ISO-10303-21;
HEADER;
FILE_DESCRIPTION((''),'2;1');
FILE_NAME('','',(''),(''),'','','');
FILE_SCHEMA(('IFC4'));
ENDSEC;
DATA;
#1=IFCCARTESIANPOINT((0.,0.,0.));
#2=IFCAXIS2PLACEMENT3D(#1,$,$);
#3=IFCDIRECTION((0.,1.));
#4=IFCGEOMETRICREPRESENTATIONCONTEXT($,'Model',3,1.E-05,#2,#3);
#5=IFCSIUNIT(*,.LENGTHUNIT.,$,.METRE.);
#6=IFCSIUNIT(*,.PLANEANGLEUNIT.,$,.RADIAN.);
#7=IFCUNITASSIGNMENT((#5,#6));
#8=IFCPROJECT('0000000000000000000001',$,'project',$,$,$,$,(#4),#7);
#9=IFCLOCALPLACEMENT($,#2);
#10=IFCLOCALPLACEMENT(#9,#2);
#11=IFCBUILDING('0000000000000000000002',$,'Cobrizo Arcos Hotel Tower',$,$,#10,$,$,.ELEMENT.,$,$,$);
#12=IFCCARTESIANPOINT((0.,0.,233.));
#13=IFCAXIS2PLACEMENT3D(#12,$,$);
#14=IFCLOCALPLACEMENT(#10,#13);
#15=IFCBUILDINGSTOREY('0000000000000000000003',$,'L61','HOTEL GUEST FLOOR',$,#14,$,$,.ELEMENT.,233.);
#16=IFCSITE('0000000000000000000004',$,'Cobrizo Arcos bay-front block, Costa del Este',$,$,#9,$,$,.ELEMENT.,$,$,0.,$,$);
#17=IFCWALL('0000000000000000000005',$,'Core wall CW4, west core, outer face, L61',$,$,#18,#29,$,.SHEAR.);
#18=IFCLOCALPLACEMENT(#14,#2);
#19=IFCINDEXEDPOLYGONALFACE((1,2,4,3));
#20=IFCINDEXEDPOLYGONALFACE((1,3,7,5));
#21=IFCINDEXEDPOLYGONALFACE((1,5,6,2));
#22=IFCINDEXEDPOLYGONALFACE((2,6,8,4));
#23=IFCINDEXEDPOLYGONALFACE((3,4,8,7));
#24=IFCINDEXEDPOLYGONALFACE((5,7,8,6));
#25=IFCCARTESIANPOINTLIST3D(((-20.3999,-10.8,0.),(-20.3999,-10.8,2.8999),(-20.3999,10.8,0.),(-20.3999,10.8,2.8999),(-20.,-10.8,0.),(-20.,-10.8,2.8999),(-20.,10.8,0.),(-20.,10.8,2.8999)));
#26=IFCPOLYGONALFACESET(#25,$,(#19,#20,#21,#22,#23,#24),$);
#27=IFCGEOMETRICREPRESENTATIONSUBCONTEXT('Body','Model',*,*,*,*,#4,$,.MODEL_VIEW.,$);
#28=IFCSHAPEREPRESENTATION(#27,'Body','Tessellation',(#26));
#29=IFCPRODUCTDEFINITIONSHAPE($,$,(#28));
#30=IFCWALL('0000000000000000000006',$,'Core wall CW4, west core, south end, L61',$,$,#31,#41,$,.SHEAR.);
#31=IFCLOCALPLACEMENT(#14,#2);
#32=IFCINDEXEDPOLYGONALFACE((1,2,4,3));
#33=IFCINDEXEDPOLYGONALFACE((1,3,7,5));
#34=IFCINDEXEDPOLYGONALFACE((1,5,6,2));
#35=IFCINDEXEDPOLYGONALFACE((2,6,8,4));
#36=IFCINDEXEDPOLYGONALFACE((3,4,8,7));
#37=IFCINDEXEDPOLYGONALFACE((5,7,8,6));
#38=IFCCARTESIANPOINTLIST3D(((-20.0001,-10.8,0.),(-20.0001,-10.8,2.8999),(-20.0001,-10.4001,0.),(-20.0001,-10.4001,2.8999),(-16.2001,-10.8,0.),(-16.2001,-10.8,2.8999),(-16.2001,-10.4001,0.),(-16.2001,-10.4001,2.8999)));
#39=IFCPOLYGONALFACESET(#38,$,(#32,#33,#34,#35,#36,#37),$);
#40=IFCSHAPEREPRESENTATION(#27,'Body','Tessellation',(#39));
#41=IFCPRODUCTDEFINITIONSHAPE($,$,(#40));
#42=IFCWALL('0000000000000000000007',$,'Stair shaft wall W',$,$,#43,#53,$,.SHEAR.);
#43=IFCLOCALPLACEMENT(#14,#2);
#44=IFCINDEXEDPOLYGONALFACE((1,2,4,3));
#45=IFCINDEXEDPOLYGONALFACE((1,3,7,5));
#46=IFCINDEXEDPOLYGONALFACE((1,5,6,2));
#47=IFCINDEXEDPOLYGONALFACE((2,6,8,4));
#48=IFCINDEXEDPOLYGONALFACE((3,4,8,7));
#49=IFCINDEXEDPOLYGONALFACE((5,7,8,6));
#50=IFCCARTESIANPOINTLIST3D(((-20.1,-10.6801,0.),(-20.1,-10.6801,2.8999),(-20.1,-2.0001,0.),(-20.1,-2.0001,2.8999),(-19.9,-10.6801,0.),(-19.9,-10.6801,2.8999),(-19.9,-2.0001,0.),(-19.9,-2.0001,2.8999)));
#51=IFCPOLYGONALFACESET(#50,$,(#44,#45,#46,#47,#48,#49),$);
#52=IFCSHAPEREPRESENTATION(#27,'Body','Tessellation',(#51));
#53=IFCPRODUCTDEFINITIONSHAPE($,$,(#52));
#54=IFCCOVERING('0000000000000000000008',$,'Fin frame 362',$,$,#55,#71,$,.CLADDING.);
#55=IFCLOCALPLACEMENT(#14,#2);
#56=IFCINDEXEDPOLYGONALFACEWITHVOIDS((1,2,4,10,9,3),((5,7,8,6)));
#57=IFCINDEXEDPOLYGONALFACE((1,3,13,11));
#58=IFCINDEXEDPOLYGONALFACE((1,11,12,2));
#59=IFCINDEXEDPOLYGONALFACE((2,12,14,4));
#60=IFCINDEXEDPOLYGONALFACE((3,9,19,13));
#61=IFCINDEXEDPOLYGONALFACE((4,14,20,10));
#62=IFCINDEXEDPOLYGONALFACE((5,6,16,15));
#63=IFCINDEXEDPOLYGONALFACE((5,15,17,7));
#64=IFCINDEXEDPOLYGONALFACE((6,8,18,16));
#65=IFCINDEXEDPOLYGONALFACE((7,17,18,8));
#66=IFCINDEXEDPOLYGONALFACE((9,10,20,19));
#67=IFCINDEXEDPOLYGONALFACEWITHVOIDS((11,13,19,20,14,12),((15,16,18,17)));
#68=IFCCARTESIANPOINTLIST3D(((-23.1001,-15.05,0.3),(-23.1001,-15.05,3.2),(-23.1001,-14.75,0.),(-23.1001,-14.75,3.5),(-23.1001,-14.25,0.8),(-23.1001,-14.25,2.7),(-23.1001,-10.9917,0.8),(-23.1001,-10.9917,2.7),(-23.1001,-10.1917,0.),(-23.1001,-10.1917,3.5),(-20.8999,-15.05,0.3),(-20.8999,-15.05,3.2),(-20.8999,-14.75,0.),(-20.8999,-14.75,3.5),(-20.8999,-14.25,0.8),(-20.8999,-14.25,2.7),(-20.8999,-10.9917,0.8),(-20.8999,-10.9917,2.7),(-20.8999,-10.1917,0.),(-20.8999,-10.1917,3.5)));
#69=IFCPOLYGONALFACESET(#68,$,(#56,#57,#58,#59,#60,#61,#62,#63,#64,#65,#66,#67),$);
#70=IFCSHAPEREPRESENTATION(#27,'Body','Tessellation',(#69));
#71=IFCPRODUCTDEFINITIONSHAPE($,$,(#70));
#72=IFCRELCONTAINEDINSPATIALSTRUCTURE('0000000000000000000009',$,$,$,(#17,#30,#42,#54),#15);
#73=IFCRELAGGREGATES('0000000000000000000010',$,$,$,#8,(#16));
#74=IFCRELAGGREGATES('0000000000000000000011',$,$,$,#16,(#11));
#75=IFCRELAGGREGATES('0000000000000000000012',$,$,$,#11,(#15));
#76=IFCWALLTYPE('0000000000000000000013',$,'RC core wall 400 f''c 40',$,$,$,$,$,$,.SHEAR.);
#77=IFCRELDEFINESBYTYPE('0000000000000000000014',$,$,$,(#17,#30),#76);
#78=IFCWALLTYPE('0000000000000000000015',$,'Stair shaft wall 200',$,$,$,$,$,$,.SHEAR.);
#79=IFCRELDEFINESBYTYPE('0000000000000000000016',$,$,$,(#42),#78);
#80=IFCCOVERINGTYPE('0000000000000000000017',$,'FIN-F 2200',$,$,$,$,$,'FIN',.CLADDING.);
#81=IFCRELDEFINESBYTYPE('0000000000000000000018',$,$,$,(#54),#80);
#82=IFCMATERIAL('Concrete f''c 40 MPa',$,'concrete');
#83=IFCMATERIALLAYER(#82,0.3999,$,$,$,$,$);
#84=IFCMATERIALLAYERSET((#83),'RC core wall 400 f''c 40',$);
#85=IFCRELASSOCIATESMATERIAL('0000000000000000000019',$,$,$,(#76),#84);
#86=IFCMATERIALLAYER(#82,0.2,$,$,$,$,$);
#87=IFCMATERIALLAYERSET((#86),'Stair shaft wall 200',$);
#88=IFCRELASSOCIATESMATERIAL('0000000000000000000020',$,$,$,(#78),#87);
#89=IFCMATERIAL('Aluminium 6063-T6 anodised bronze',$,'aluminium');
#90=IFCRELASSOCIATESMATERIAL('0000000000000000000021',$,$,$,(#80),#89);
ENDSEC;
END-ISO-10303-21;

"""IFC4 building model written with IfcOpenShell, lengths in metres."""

from ifc_helpers import new_model, si_unit, direction, frame, frame_2d, origin, place, context, subcontext, project, spatial, polyline, rectangle, outline, extrude, material, layer, layer_set, type_object, element, save


model = new_model("IFC4")

# Units and contexts
model_context = context("Model", 3, precision=1e-05, world=origin(), true_north=direction((0.0, 1.0)))
body_context = subcontext(model_context, "Body", "Model", "MODEL_VIEW")
ifc_project = project(units=[si_unit("LENGTHUNIT", "METRE"), si_unit("PLANEANGLEUNIT", "RADIAN")], contexts=[model_context])

# Site, building, storey
site_placement = place(None, origin())
site = spatial("IfcSite", under=ifc_project, at=site_placement, Name="Cobrizo Arcos bay-front block, Costa del Este", CompositionType="ELEMENT", RefElevation=0.0)
building_placement = place(site_placement, origin())
building = spatial("IfcBuilding", under=site, at=building_placement, Name="Cobrizo Arcos Hotel Tower", CompositionType="ELEMENT")
storey_placement = place(building_placement, frame((0.0, 0.0, 233.0)))
storey = spatial("IfcBuildingStorey", under=building, at=storey_placement, Name="L61", Description="HOTEL GUEST FLOOR", CompositionType="ELEMENT", Elevation=233.0)

# Shared definitions
ifc_material_1 = material(Name="Aluminium 6063-T6 anodised bronze", Category="aluminium")

# Shared definitions
ifc_material_2 = material(Name="Concrete f'c 40 MPa", Category="concrete")
ifc_layer_1 = layer(ifc_material_2, 0.3999)
ifc_layer_set_1 = layer_set([ifc_layer_1], Name="RC core wall 400 f'c 40")
wall_type_1 = type_object("IfcWallType", Name="RC core wall 400 f'c 40", PredefinedType="SHEAR", material=ifc_layer_set_1)

# Walls
wall_1_placement = place(storey_placement, frame((-20.2, -10.8, 0.0), z_axis=(0.0, 0.0, 1.0), x_axis=(0.0, 1.0, 0.0)))
element("IfcWall", 1, at=wall_1_placement, inside=storey, type_object=wall_type_1, Name="Core wall CW4, west core, outer face, L61", PredefinedType="SHEAR", context=body_context, shape_type="SweptSolid", body=[
    extrude(rectangle(XDim=21.6001, YDim=0.3999, at=frame_2d((10.8, 0.0))), origin(), (0.0, 0.0, 1.0), 2.8999),
])
wall_2_placement = place(storey_placement, frame((-20.0, -10.6001, 0.0), z_axis=(0.0, 0.0, 1.0), x_axis=(1.0, 0.0, 0.0)))
element("IfcWall", 2, at=wall_2_placement, inside=storey, type_object=wall_type_1, Name="Core wall CW4, west core, south end, L61", PredefinedType="SHEAR", context=body_context, shape_type="SweptSolid", body=[
    extrude(rectangle(XDim=3.8, YDim=0.3999, at=frame_2d((1.8999, 0.0))), origin(), (0.0, 0.0, 1.0), 2.8999),
])
ifc_layer_2 = layer(ifc_material_2, 0.2)
ifc_layer_set_2 = layer_set([ifc_layer_2], Name="Stair shaft wall 200")
wall_type_2 = type_object("IfcWallType", Name="Stair shaft wall 200", PredefinedType="SHEAR", material=ifc_layer_set_2)
wall_3_placement = place(storey_placement, frame((-20.0, -10.6799, 0.0), z_axis=(0.0, 0.0, 1.0), x_axis=(0.0, 1.0, 0.0)))
element("IfcWall", 3, at=wall_3_placement, inside=storey, type_object=wall_type_2, Name="Stair shaft wall W", PredefinedType="SHEAR", context=body_context, shape_type="SweptSolid", body=[
    extrude(rectangle(XDim=8.6799, YDim=0.2, at=frame_2d((4.3398, 0.0))), origin(), (0.0, 0.0, 1.0), 2.8999),
])

# Covering
covering_type = type_object("IfcCoveringType", Name="FIN-F 2200", ElementType="FIN", PredefinedType="CLADDING", material=ifc_material_1)
covering_placement = place(storey_placement, frame((-20.8999, -10.1917, 0.0), z_axis=(-1.0, 0.0, 0.0), x_axis=(0.0, -1.0, 0.0)))
element("IfcCovering", 4, at=covering_placement, inside=storey, type_object=covering_type, Name="Fin frame 362", PredefinedType="CLADDING", context=body_context, shape_type="SweptSolid", body=[
    extrude(outline(polyline([(0.0, 3.5), (0.0, 0.0), (4.5583, 0.0), (4.8584, 0.3), (4.8584, 3.2), (4.5583, 3.5), (0.0, 3.5)]), holes=[polyline([(4.0583, 0.8), (0.8, 0.8), (0.8, 2.7), (4.0583, 2.7), (4.0583, 0.8)])]), origin(), (0.0, 0.0, 1.0), 2.2002),
])

save(model, "model.ifc")
